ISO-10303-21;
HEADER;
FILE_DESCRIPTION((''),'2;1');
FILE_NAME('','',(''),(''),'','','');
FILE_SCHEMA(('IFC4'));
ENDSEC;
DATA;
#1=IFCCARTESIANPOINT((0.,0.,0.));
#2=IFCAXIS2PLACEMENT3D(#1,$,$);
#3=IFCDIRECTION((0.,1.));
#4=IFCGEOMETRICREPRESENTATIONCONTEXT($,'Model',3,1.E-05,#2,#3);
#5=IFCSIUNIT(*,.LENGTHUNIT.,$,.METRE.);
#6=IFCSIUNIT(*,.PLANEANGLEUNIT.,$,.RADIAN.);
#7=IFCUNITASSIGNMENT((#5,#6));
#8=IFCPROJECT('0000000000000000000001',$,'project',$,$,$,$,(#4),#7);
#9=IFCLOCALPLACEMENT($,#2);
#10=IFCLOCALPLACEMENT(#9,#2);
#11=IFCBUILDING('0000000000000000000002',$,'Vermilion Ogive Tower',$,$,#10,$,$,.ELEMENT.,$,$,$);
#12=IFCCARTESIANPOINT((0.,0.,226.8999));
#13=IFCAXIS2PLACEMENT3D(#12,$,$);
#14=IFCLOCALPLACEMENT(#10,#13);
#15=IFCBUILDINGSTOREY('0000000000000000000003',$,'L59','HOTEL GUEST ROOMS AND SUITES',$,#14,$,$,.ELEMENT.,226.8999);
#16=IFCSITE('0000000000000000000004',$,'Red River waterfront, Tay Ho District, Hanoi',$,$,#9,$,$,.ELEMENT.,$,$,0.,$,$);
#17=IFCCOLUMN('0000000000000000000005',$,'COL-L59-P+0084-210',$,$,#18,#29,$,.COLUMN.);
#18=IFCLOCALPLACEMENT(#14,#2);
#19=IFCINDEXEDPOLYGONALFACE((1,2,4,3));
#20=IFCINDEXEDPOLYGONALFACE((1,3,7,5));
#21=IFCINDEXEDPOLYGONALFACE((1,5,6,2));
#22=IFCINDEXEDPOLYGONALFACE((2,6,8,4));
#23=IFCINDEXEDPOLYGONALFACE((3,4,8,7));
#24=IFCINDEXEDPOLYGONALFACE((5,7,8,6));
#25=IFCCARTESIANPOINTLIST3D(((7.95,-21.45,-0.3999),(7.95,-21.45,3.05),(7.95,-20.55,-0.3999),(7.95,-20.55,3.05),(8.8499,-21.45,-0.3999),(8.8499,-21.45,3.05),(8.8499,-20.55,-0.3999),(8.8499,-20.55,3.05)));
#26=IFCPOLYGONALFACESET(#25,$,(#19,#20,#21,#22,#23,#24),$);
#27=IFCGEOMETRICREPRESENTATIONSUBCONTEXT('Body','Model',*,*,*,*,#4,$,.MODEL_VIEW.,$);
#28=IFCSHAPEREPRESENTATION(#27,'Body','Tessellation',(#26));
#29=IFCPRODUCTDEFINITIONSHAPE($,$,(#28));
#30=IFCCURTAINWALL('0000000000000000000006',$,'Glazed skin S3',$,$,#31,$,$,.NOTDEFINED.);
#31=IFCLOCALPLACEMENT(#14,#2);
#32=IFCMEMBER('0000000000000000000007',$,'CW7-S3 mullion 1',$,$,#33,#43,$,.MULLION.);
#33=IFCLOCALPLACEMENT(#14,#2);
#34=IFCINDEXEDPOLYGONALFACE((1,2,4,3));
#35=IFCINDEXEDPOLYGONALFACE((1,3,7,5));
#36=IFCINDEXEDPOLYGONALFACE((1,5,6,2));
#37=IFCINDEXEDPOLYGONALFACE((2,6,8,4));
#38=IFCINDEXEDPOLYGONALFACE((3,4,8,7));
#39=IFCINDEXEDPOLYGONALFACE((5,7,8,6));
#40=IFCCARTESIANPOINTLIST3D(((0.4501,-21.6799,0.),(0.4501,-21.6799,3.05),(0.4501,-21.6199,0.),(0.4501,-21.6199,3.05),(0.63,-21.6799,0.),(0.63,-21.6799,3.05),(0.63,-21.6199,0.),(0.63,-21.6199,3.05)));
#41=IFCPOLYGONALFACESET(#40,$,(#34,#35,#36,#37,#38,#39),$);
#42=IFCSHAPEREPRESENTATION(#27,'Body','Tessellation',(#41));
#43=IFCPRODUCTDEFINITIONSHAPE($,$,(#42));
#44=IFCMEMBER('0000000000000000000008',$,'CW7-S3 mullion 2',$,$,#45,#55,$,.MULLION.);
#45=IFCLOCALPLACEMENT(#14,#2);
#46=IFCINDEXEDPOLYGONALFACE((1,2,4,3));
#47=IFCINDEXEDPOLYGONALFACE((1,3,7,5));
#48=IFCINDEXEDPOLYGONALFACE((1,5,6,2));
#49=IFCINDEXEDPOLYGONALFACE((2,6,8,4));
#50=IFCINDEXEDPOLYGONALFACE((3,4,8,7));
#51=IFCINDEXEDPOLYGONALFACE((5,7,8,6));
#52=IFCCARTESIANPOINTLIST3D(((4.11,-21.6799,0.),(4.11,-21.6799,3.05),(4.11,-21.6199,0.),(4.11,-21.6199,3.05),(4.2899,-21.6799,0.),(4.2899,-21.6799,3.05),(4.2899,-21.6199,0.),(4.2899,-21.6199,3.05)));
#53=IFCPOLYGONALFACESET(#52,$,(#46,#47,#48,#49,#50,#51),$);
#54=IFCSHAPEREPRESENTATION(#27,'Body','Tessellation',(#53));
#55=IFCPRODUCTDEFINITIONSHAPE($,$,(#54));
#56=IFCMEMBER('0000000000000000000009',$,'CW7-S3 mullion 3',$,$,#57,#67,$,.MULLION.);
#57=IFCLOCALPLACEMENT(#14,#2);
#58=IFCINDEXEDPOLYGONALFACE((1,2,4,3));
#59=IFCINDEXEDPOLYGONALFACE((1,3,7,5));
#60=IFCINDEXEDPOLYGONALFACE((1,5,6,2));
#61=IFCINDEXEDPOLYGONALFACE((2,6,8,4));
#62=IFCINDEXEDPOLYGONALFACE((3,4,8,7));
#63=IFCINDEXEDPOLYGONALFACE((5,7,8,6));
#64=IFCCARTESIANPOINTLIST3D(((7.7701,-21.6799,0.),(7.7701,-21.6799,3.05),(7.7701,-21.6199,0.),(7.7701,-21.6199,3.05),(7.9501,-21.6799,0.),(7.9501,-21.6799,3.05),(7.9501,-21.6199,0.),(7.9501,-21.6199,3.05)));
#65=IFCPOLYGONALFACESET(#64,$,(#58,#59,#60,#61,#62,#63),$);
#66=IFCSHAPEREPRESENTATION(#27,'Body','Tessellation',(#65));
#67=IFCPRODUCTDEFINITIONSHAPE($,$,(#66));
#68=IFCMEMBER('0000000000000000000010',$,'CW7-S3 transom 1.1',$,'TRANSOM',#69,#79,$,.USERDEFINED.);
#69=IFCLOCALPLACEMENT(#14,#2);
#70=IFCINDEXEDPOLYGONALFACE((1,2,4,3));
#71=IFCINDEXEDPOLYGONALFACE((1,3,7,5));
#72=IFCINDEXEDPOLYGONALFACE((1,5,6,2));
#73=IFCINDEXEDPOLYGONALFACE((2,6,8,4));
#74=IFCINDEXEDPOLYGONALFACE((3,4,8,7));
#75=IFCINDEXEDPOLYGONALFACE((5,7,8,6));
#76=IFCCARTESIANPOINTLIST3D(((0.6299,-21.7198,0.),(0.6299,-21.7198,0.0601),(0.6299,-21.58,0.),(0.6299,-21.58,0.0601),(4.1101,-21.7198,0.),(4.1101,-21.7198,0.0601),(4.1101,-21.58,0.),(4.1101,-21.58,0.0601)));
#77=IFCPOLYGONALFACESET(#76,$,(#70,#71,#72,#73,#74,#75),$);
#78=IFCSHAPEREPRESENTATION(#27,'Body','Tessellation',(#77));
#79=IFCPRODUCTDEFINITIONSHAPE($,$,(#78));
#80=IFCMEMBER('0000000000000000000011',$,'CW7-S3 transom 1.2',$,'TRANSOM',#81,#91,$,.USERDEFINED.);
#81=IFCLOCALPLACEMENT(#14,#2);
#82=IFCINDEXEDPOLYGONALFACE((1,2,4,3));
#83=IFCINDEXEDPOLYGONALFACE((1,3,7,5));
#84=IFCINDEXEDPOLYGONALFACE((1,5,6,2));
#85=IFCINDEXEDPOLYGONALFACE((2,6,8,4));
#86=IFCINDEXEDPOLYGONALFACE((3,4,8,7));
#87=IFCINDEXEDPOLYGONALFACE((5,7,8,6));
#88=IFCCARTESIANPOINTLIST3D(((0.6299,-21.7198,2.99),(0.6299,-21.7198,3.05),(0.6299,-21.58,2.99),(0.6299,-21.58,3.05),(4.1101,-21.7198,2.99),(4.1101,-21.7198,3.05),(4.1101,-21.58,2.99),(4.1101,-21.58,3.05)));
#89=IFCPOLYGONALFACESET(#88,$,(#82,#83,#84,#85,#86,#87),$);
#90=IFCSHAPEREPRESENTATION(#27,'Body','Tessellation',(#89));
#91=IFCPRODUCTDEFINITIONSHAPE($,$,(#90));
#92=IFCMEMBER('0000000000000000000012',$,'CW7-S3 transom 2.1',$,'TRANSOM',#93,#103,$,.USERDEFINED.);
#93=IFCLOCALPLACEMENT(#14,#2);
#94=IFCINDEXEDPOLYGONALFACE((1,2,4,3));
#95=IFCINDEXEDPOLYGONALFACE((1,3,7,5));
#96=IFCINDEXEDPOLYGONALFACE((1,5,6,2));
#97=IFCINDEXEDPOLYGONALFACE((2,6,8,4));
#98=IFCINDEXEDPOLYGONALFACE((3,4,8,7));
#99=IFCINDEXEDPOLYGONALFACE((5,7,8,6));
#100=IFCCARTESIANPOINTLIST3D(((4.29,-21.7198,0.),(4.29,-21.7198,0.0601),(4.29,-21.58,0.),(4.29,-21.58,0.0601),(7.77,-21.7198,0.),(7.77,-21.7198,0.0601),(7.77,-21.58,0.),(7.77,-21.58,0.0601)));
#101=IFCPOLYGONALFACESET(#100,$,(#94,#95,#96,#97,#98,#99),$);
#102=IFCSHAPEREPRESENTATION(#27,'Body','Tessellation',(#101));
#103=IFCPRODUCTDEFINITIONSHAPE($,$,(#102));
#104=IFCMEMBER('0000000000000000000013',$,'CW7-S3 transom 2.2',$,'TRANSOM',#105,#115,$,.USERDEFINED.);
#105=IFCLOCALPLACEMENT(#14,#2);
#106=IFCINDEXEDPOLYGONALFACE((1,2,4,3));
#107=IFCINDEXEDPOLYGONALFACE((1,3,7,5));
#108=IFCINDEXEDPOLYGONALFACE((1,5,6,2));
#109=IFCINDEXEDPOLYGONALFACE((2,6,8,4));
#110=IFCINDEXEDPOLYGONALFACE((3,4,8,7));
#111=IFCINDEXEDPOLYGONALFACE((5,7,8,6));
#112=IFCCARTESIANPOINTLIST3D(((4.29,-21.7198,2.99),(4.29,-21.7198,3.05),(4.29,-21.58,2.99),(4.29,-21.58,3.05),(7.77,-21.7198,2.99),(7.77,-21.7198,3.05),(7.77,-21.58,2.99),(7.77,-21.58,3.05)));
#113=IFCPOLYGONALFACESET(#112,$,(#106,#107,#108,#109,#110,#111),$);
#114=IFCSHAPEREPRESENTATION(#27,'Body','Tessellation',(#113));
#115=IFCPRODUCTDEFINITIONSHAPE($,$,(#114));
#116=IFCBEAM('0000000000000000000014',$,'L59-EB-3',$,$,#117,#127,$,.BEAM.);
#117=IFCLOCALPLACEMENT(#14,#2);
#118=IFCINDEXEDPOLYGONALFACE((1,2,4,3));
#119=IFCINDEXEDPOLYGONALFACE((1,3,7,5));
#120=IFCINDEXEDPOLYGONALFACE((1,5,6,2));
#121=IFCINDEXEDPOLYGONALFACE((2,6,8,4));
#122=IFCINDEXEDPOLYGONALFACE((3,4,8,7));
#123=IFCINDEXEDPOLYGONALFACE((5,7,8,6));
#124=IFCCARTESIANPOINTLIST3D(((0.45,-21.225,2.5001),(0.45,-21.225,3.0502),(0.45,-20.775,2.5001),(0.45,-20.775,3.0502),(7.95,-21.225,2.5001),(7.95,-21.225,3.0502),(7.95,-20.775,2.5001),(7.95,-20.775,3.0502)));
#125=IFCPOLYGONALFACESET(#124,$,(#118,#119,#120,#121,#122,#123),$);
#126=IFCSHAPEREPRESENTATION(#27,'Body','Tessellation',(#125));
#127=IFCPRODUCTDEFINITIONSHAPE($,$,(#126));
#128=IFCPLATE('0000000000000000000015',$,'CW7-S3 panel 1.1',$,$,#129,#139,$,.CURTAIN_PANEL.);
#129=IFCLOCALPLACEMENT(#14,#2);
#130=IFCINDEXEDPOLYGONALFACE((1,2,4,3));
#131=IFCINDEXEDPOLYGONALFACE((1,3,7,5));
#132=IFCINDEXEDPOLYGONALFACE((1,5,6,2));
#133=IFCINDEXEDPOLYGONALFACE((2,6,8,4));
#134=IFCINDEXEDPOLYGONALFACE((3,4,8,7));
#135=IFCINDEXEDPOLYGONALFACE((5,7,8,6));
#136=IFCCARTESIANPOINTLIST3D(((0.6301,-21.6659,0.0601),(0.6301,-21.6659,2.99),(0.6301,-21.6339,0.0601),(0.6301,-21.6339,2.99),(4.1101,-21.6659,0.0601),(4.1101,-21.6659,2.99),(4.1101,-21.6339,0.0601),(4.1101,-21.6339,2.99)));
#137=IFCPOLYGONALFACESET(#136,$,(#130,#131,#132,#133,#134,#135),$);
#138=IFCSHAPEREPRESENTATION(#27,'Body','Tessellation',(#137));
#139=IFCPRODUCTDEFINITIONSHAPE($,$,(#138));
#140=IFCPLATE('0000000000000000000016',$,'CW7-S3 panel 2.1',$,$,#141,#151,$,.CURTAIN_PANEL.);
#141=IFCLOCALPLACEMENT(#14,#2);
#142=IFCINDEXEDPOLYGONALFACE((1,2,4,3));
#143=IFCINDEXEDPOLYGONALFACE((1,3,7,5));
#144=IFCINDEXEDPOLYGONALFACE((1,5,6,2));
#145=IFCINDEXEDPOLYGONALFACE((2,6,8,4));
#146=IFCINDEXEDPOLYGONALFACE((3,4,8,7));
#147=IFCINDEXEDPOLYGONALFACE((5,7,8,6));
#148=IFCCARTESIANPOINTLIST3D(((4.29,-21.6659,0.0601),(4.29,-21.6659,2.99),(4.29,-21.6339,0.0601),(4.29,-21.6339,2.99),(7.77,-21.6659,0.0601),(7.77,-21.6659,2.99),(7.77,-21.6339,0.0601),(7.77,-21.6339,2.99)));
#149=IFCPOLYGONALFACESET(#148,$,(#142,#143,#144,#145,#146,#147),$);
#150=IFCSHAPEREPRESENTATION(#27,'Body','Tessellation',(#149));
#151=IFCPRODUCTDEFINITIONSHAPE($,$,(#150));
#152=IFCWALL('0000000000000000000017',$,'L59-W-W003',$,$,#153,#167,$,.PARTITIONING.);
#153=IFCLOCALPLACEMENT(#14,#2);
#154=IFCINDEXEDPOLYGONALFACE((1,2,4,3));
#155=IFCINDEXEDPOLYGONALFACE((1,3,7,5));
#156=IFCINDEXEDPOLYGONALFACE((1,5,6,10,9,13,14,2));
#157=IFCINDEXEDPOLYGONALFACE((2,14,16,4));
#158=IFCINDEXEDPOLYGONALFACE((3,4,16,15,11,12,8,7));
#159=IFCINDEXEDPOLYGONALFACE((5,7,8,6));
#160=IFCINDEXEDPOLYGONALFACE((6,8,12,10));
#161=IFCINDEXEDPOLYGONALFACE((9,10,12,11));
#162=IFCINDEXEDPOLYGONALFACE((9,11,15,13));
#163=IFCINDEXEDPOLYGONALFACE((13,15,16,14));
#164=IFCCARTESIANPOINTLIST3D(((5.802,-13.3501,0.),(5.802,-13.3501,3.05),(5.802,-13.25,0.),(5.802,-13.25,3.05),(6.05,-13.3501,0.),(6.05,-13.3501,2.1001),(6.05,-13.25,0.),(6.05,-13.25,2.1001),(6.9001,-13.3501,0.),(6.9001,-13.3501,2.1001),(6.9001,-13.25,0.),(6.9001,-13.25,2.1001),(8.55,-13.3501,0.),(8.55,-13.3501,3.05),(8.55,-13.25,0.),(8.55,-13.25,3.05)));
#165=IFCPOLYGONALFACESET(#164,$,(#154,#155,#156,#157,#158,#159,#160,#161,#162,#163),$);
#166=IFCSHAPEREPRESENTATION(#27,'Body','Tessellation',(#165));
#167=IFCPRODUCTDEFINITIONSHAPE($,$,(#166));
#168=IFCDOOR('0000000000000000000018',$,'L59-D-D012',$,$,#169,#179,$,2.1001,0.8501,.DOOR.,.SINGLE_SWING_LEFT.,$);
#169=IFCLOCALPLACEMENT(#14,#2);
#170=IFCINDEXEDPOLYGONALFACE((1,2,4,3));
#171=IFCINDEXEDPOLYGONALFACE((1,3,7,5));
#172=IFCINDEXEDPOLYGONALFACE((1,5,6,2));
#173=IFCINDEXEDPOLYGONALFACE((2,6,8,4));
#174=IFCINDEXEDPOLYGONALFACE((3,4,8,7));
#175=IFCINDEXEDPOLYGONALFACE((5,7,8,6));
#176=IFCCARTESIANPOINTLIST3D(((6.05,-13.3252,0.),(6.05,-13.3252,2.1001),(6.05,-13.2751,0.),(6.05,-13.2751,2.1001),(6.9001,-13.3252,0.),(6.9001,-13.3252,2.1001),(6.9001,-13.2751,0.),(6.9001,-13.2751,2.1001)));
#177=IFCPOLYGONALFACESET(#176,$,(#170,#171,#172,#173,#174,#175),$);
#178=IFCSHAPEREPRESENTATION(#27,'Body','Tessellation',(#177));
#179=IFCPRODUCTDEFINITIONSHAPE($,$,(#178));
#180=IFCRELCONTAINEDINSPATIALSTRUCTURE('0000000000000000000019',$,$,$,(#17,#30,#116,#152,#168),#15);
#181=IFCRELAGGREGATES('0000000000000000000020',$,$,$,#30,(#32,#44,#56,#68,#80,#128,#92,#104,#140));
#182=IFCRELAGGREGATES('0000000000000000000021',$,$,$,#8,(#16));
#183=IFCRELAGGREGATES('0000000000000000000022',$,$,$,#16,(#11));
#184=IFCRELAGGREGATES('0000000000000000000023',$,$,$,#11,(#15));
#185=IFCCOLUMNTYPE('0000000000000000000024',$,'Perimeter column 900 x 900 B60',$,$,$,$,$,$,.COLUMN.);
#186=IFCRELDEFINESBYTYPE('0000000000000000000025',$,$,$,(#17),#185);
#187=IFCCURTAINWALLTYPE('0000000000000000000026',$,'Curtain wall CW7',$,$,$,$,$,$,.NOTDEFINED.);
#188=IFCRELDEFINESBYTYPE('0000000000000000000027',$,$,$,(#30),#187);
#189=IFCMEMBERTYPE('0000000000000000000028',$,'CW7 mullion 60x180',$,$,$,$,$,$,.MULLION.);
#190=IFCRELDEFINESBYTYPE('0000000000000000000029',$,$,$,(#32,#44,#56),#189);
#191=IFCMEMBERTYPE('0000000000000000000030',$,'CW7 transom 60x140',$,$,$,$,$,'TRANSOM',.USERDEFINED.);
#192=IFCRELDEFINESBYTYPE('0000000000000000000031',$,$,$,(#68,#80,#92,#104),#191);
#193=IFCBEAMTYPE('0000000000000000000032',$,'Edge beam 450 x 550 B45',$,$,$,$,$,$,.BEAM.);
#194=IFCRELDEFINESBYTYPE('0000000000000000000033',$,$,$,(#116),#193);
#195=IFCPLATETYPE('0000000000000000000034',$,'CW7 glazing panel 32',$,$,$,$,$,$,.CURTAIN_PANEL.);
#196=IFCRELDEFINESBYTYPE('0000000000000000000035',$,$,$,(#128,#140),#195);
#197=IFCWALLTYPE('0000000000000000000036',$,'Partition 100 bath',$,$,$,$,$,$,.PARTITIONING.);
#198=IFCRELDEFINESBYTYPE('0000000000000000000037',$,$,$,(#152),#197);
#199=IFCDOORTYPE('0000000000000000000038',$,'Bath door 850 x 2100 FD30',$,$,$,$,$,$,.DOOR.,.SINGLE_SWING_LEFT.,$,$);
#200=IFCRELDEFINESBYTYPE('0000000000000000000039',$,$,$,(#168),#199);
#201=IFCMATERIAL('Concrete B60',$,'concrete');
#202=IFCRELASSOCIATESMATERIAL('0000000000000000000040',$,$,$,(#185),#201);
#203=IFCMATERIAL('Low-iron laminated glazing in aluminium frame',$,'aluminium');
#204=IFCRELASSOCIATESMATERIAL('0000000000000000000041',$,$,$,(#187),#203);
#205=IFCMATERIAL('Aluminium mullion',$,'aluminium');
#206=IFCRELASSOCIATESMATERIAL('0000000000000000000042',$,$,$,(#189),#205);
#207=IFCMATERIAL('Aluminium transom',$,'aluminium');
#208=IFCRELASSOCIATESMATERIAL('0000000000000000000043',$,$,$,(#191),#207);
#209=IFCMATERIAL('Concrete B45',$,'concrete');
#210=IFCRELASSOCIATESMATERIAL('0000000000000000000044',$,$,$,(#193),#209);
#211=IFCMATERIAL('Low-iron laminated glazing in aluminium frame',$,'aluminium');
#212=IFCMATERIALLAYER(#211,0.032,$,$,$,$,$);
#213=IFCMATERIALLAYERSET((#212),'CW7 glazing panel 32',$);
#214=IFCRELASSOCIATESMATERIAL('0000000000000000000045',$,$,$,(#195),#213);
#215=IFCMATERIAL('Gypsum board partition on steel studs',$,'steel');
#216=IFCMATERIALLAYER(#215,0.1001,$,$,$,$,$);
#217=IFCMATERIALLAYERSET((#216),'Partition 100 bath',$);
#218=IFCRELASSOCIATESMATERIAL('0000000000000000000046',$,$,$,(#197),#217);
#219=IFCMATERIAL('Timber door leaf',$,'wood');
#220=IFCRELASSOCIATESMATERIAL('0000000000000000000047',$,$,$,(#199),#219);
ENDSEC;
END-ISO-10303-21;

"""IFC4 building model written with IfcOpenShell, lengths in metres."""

from ifc_helpers import new_model, si_unit, direction, frame, frame_2d, origin, origin_2d, place, context, subcontext, project, spatial, rectangle, extrude, material, layer, layer_set, material_profile, profile_set, type_object, element, fill, aggregate, save


model = new_model("IFC4")

# Units and contexts
model_context = context("Model", 3, precision=1e-05, world=origin(), true_north=direction((0.0, 1.0)))
body_context = subcontext(model_context, "Body", "Model", "MODEL_VIEW")
ifc_project = project(units=[si_unit("LENGTHUNIT", "METRE"), si_unit("PLANEANGLEUNIT", "RADIAN")], contexts=[model_context])

# Site, building, storey
site_placement = place(None, origin())
site = spatial("IfcSite", under=ifc_project, at=site_placement, Name="Red River waterfront, Tay Ho District, Hanoi", CompositionType="ELEMENT", RefElevation=0.0)
building_placement = place(site_placement, origin())
building = spatial("IfcBuilding", under=site, at=building_placement, Name="Vermilion Ogive Tower", CompositionType="ELEMENT")
storey_placement = place(building_placement, frame((0.0, 0.0, 226.8999)))
storey = spatial("IfcBuildingStorey", under=building, at=storey_placement, Name="L59", Description="HOTEL GUEST ROOMS AND SUITES", CompositionType="ELEMENT", Elevation=226.8999)

# Column
ifc_material_1 = material(Name="Concrete B60", Category="concrete")
ifc_material_profile_1 = material_profile(ifc_material_1, rectangle(XDim=0.8999, YDim=0.8999, at=origin_2d()), Name="900 x 900")
ifc_profile_set_1 = profile_set([ifc_material_profile_1], Name="Concrete B60")
column_type = type_object("IfcColumnType", Name="Perimeter column 900 x 900 B60", PredefinedType="COLUMN", material=ifc_profile_set_1)
column_placement = place(storey_placement, frame((8.3999, -21.0, -0.3999), z_axis=(0.0, 0.0, 1.0), x_axis=(1.0, 0.0, 0.0)))
element("IfcColumn", 1, at=column_placement, inside=storey, type_object=column_type, Name="COL-L59-P+0084-210", PredefinedType="COLUMN", context=body_context, shape_type="SweptSolid", body=[
    extrude(rectangle(XDim=0.8999, YDim=0.8999, at=origin_2d()), origin(), (0.0, 0.0, 1.0), 3.45),
])

# Curtain wall, members
ifc_material_2 = material(Name="Low-iron laminated glazing in aluminium frame", Category="aluminium")
curtain_wall_type = type_object("IfcCurtainWallType", Name="Curtain wall CW7", PredefinedType="NOTDEFINED", material=ifc_material_2)
curtain_wall_placement = place(storey_placement, origin())
curtain_wall = element("IfcCurtainWall", 2, at=curtain_wall_placement, inside=storey, type_object=curtain_wall_type, Name="Glazed skin S3", PredefinedType="NOTDEFINED")
ifc_material_3 = material(Name="Aluminium mullion", Category="aluminium")
ifc_material_profile_2 = material_profile(ifc_material_3, rectangle(XDim=0.0601, YDim=0.1799, at=origin_2d()), Name="AL 60x180")
ifc_profile_set_2 = profile_set([ifc_material_profile_2], Name="Aluminium mullion")
member_type_1 = type_object("IfcMemberType", Name="CW7 mullion 60x180", PredefinedType="MULLION", material=ifc_profile_set_2)
member_1_placement = place(storey_placement, frame((0.54, -21.6499, 0.0), z_axis=(0.0, 0.0, 1.0), x_axis=(0.0, 1.0, 0.0)))
member_1 = element("IfcMember", 3, at=member_1_placement, type_object=member_type_1, Name="CW7-S3 mullion 1", PredefinedType="MULLION", context=body_context, shape_type="SweptSolid", body=[
    extrude(rectangle(XDim=0.0601, YDim=0.1799, at=origin_2d()), origin(), (0.0, 0.0, 1.0), 3.05),
])
member_2_placement = place(storey_placement, frame((4.2, -21.6499, 0.0), z_axis=(0.0, 0.0, 1.0), x_axis=(0.0, 1.0, 0.0)))
member_2 = element("IfcMember", 4, at=member_2_placement, type_object=member_type_1, Name="CW7-S3 mullion 2", PredefinedType="MULLION", context=body_context, shape_type="SweptSolid", body=[
    extrude(rectangle(XDim=0.0601, YDim=0.1799, at=origin_2d()), origin(), (0.0, 0.0, 1.0), 3.05),
])
member_3_placement = place(storey_placement, frame((7.8601, -21.6499, 0.0), z_axis=(0.0, 0.0, 1.0), x_axis=(0.0, 1.0, 0.0)))
member_3 = element("IfcMember", 5, at=member_3_placement, type_object=member_type_1, Name="CW7-S3 mullion 3", PredefinedType="MULLION", context=body_context, shape_type="SweptSolid", body=[
    extrude(rectangle(XDim=0.0601, YDim=0.1799, at=origin_2d()), origin(), (0.0, 0.0, 1.0), 3.05),
])
ifc_material_4 = material(Name="Aluminium transom", Category="aluminium")
ifc_material_profile_3 = material_profile(ifc_material_4, rectangle(XDim=0.1399, YDim=0.0601, at=origin_2d()), Name="AL 60x140")
ifc_profile_set_3 = profile_set([ifc_material_profile_3], Name="Aluminium transom")
member_type_2 = type_object("IfcMemberType", Name="CW7 transom 60x140", ElementType="TRANSOM", PredefinedType="USERDEFINED", material=ifc_profile_set_3)
member_4_placement = place(storey_placement, frame((0.6299, -21.6499, 0.03), z_axis=(1.0, 0.0, 0.0), x_axis=(0.0, 1.0, 0.0)))
member_4 = element("IfcMember", 6, at=member_4_placement, type_object=member_type_2, Name="CW7-S3 transom 1.1", ObjectType="TRANSOM", PredefinedType="USERDEFINED", context=body_context, shape_type="SweptSolid", body=[
    extrude(rectangle(XDim=0.1399, YDim=0.0601, at=origin_2d()), origin(), (0.0, 0.0, 1.0), 3.4802),
])
member_5_placement = place(storey_placement, frame((0.6299, -21.6499, 3.02), z_axis=(1.0, 0.0, 0.0), x_axis=(0.0, 1.0, 0.0)))
member_5 = element("IfcMember", 7, at=member_5_placement, type_object=member_type_2, Name="CW7-S3 transom 1.2", ObjectType="TRANSOM", PredefinedType="USERDEFINED", context=body_context, shape_type="SweptSolid", body=[
    extrude(rectangle(XDim=0.1399, YDim=0.0601, at=origin_2d()), origin(), (0.0, 0.0, 1.0), 3.4802),
])
member_6_placement = place(storey_placement, frame((4.29, -21.6499, 0.03), z_axis=(1.0, 0.0, 0.0), x_axis=(0.0, 1.0, 0.0)))
member_6 = element("IfcMember", 8, at=member_6_placement, type_object=member_type_2, Name="CW7-S3 transom 2.1", ObjectType="TRANSOM", PredefinedType="USERDEFINED", context=body_context, shape_type="SweptSolid", body=[
    extrude(rectangle(XDim=0.1399, YDim=0.0601, at=origin_2d()), origin(), (0.0, 0.0, 1.0), 3.48),
])
member_7_placement = place(storey_placement, frame((4.29, -21.6499, 3.02), z_axis=(1.0, 0.0, 0.0), x_axis=(0.0, 1.0, 0.0)))
member_7 = element("IfcMember", 9, at=member_7_placement, type_object=member_type_2, Name="CW7-S3 transom 2.2", ObjectType="TRANSOM", PredefinedType="USERDEFINED", context=body_context, shape_type="SweptSolid", body=[
    extrude(rectangle(XDim=0.1399, YDim=0.0601, at=origin_2d()), origin(), (0.0, 0.0, 1.0), 3.48),
])

# Beam
ifc_material_5 = material(Name="Concrete B45", Category="concrete")
ifc_material_profile_4 = material_profile(ifc_material_5, rectangle(XDim=0.45, YDim=0.55, at=origin_2d()), Name="450 x 550")
ifc_profile_set_4 = profile_set([ifc_material_profile_4], Name="Concrete B45")
beam_type = type_object("IfcBeamType", Name="Edge beam 450 x 550 B45", PredefinedType="BEAM", material=ifc_profile_set_4)
beam_placement = place(storey_placement, frame((0.45, -21.0, 2.7751), z_axis=(1.0, 0.0, 0.0), x_axis=(0.0, 1.0, 0.0)))
element("IfcBeam", 10, at=beam_placement, inside=storey, type_object=beam_type, Name="L59-EB-3", PredefinedType="BEAM", context=body_context, shape_type="SweptSolid", body=[
    extrude(rectangle(XDim=0.45, YDim=0.55, at=origin_2d()), origin(), (0.0, 0.0, 1.0), 7.5),
])

# Plates
ifc_material_6 = material(Name="Low-iron laminated glazing in aluminium frame", Category="aluminium")
ifc_layer_1 = layer(ifc_material_6, 0.032)
ifc_layer_set_1 = layer_set([ifc_layer_1], Name="CW7 glazing panel 32")
plate_type = type_object("IfcPlateType", Name="CW7 glazing panel 32", PredefinedType="CURTAIN_PANEL", material=ifc_layer_set_1)
plate_1_placement = place(storey_placement, frame((2.3701, -21.6499, 0.0601), z_axis=(0.0, 0.0, 1.0), x_axis=(1.0, 0.0, 0.0)))
plate_1 = element("IfcPlate", 11, at=plate_1_placement, type_object=plate_type, Name="CW7-S3 panel 1.1", PredefinedType="CURTAIN_PANEL", context=body_context, shape_type="SweptSolid", body=[
    extrude(rectangle(XDim=3.48, YDim=0.032, at=origin_2d()), origin(), (0.0, 0.0, 1.0), 2.9299),
])
plate_2_placement = place(storey_placement, frame((6.03, -21.6499, 0.0601), z_axis=(0.0, 0.0, 1.0), x_axis=(1.0, 0.0, 0.0)))
plate_2 = element("IfcPlate", 12, at=plate_2_placement, type_object=plate_type, Name="CW7-S3 panel 2.1", PredefinedType="CURTAIN_PANEL", context=body_context, shape_type="SweptSolid", body=[
    extrude(rectangle(XDim=3.48, YDim=0.032, at=origin_2d()), origin(), (0.0, 0.0, 1.0), 2.9299),
])
aggregate(curtain_wall, [member_1, member_2, member_3, member_4, member_5, plate_1, member_6, member_7, plate_2])

# Wall, opening, door
ifc_material_7 = material(Name="Gypsum board partition on steel studs", Category="steel")
ifc_layer_2 = layer(ifc_material_7, 0.1001)
ifc_layer_set_2 = layer_set([ifc_layer_2], Name="Partition 100 bath")
wall_type_1 = type_object("IfcWallType", Name="Partition 100 bath", PredefinedType="PARTITIONING", material=ifc_layer_set_2)
wall_1_placement = place(storey_placement, frame((5.802, -13.3, 0.0), z_axis=(0.0, 0.0, 1.0), x_axis=(1.0, 0.0, 0.0)))
wall_1 = element("IfcWall", 13, at=wall_1_placement, inside=storey, type_object=wall_type_1, Name="L59-W-W003", PredefinedType="PARTITIONING", context=body_context, shape_type="SweptSolid", body=[
    extrude(rectangle(XDim=2.748, YDim=0.1001, at=frame_2d((1.374, 0.0))), origin(), (0.0, 0.0, 1.0), 3.05),
])
opening_placement = place(wall_1_placement, frame((0.248, 0.0, 0.0)))
opening = element("IfcOpeningElement", 14, at=opening_placement, cuts=wall_1, PredefinedType="OPENING", context=body_context, shape_type="SweptSolid", body=[
    extrude(rectangle(XDim=0.8501, YDim=2.1001, at=frame_2d((0.425, 1.05))), frame((0.0, 0.0601, 0.0), z_axis=(0.0, -1.0, 0.0), x_axis=(1.0, 0.0, 0.0)), (0.0, 0.0, 1.0), 0.1201),
])
ifc_material_8 = material(Name="Timber door leaf", Category="wood")
door_type = type_object("IfcDoorType", Name="Bath door 850 x 2100 FD30", OperationType="SINGLE_SWING_LEFT", PredefinedType="DOOR", material=ifc_material_8)
door_placement = place(opening_placement, origin())
door = element("IfcDoor", 15, at=door_placement, inside=storey, type_object=door_type, Name="L59-D-D012", OperationType="SINGLE_SWING_LEFT", OverallHeight=2.1001, OverallWidth=0.8501, PredefinedType="DOOR", context=body_context, shape_type="SweptSolid", body=[
    extrude(rectangle(XDim=0.8501, YDim=2.1001, at=frame_2d((0.425, 1.05))), frame((0.0, 0.0249, 0.0), z_axis=(0.0, -1.0, 0.0), x_axis=(1.0, 0.0, 0.0)), (0.0, 0.0, 1.0), 0.05),
])
fill(opening, door)

save(model, "model.ifc")
